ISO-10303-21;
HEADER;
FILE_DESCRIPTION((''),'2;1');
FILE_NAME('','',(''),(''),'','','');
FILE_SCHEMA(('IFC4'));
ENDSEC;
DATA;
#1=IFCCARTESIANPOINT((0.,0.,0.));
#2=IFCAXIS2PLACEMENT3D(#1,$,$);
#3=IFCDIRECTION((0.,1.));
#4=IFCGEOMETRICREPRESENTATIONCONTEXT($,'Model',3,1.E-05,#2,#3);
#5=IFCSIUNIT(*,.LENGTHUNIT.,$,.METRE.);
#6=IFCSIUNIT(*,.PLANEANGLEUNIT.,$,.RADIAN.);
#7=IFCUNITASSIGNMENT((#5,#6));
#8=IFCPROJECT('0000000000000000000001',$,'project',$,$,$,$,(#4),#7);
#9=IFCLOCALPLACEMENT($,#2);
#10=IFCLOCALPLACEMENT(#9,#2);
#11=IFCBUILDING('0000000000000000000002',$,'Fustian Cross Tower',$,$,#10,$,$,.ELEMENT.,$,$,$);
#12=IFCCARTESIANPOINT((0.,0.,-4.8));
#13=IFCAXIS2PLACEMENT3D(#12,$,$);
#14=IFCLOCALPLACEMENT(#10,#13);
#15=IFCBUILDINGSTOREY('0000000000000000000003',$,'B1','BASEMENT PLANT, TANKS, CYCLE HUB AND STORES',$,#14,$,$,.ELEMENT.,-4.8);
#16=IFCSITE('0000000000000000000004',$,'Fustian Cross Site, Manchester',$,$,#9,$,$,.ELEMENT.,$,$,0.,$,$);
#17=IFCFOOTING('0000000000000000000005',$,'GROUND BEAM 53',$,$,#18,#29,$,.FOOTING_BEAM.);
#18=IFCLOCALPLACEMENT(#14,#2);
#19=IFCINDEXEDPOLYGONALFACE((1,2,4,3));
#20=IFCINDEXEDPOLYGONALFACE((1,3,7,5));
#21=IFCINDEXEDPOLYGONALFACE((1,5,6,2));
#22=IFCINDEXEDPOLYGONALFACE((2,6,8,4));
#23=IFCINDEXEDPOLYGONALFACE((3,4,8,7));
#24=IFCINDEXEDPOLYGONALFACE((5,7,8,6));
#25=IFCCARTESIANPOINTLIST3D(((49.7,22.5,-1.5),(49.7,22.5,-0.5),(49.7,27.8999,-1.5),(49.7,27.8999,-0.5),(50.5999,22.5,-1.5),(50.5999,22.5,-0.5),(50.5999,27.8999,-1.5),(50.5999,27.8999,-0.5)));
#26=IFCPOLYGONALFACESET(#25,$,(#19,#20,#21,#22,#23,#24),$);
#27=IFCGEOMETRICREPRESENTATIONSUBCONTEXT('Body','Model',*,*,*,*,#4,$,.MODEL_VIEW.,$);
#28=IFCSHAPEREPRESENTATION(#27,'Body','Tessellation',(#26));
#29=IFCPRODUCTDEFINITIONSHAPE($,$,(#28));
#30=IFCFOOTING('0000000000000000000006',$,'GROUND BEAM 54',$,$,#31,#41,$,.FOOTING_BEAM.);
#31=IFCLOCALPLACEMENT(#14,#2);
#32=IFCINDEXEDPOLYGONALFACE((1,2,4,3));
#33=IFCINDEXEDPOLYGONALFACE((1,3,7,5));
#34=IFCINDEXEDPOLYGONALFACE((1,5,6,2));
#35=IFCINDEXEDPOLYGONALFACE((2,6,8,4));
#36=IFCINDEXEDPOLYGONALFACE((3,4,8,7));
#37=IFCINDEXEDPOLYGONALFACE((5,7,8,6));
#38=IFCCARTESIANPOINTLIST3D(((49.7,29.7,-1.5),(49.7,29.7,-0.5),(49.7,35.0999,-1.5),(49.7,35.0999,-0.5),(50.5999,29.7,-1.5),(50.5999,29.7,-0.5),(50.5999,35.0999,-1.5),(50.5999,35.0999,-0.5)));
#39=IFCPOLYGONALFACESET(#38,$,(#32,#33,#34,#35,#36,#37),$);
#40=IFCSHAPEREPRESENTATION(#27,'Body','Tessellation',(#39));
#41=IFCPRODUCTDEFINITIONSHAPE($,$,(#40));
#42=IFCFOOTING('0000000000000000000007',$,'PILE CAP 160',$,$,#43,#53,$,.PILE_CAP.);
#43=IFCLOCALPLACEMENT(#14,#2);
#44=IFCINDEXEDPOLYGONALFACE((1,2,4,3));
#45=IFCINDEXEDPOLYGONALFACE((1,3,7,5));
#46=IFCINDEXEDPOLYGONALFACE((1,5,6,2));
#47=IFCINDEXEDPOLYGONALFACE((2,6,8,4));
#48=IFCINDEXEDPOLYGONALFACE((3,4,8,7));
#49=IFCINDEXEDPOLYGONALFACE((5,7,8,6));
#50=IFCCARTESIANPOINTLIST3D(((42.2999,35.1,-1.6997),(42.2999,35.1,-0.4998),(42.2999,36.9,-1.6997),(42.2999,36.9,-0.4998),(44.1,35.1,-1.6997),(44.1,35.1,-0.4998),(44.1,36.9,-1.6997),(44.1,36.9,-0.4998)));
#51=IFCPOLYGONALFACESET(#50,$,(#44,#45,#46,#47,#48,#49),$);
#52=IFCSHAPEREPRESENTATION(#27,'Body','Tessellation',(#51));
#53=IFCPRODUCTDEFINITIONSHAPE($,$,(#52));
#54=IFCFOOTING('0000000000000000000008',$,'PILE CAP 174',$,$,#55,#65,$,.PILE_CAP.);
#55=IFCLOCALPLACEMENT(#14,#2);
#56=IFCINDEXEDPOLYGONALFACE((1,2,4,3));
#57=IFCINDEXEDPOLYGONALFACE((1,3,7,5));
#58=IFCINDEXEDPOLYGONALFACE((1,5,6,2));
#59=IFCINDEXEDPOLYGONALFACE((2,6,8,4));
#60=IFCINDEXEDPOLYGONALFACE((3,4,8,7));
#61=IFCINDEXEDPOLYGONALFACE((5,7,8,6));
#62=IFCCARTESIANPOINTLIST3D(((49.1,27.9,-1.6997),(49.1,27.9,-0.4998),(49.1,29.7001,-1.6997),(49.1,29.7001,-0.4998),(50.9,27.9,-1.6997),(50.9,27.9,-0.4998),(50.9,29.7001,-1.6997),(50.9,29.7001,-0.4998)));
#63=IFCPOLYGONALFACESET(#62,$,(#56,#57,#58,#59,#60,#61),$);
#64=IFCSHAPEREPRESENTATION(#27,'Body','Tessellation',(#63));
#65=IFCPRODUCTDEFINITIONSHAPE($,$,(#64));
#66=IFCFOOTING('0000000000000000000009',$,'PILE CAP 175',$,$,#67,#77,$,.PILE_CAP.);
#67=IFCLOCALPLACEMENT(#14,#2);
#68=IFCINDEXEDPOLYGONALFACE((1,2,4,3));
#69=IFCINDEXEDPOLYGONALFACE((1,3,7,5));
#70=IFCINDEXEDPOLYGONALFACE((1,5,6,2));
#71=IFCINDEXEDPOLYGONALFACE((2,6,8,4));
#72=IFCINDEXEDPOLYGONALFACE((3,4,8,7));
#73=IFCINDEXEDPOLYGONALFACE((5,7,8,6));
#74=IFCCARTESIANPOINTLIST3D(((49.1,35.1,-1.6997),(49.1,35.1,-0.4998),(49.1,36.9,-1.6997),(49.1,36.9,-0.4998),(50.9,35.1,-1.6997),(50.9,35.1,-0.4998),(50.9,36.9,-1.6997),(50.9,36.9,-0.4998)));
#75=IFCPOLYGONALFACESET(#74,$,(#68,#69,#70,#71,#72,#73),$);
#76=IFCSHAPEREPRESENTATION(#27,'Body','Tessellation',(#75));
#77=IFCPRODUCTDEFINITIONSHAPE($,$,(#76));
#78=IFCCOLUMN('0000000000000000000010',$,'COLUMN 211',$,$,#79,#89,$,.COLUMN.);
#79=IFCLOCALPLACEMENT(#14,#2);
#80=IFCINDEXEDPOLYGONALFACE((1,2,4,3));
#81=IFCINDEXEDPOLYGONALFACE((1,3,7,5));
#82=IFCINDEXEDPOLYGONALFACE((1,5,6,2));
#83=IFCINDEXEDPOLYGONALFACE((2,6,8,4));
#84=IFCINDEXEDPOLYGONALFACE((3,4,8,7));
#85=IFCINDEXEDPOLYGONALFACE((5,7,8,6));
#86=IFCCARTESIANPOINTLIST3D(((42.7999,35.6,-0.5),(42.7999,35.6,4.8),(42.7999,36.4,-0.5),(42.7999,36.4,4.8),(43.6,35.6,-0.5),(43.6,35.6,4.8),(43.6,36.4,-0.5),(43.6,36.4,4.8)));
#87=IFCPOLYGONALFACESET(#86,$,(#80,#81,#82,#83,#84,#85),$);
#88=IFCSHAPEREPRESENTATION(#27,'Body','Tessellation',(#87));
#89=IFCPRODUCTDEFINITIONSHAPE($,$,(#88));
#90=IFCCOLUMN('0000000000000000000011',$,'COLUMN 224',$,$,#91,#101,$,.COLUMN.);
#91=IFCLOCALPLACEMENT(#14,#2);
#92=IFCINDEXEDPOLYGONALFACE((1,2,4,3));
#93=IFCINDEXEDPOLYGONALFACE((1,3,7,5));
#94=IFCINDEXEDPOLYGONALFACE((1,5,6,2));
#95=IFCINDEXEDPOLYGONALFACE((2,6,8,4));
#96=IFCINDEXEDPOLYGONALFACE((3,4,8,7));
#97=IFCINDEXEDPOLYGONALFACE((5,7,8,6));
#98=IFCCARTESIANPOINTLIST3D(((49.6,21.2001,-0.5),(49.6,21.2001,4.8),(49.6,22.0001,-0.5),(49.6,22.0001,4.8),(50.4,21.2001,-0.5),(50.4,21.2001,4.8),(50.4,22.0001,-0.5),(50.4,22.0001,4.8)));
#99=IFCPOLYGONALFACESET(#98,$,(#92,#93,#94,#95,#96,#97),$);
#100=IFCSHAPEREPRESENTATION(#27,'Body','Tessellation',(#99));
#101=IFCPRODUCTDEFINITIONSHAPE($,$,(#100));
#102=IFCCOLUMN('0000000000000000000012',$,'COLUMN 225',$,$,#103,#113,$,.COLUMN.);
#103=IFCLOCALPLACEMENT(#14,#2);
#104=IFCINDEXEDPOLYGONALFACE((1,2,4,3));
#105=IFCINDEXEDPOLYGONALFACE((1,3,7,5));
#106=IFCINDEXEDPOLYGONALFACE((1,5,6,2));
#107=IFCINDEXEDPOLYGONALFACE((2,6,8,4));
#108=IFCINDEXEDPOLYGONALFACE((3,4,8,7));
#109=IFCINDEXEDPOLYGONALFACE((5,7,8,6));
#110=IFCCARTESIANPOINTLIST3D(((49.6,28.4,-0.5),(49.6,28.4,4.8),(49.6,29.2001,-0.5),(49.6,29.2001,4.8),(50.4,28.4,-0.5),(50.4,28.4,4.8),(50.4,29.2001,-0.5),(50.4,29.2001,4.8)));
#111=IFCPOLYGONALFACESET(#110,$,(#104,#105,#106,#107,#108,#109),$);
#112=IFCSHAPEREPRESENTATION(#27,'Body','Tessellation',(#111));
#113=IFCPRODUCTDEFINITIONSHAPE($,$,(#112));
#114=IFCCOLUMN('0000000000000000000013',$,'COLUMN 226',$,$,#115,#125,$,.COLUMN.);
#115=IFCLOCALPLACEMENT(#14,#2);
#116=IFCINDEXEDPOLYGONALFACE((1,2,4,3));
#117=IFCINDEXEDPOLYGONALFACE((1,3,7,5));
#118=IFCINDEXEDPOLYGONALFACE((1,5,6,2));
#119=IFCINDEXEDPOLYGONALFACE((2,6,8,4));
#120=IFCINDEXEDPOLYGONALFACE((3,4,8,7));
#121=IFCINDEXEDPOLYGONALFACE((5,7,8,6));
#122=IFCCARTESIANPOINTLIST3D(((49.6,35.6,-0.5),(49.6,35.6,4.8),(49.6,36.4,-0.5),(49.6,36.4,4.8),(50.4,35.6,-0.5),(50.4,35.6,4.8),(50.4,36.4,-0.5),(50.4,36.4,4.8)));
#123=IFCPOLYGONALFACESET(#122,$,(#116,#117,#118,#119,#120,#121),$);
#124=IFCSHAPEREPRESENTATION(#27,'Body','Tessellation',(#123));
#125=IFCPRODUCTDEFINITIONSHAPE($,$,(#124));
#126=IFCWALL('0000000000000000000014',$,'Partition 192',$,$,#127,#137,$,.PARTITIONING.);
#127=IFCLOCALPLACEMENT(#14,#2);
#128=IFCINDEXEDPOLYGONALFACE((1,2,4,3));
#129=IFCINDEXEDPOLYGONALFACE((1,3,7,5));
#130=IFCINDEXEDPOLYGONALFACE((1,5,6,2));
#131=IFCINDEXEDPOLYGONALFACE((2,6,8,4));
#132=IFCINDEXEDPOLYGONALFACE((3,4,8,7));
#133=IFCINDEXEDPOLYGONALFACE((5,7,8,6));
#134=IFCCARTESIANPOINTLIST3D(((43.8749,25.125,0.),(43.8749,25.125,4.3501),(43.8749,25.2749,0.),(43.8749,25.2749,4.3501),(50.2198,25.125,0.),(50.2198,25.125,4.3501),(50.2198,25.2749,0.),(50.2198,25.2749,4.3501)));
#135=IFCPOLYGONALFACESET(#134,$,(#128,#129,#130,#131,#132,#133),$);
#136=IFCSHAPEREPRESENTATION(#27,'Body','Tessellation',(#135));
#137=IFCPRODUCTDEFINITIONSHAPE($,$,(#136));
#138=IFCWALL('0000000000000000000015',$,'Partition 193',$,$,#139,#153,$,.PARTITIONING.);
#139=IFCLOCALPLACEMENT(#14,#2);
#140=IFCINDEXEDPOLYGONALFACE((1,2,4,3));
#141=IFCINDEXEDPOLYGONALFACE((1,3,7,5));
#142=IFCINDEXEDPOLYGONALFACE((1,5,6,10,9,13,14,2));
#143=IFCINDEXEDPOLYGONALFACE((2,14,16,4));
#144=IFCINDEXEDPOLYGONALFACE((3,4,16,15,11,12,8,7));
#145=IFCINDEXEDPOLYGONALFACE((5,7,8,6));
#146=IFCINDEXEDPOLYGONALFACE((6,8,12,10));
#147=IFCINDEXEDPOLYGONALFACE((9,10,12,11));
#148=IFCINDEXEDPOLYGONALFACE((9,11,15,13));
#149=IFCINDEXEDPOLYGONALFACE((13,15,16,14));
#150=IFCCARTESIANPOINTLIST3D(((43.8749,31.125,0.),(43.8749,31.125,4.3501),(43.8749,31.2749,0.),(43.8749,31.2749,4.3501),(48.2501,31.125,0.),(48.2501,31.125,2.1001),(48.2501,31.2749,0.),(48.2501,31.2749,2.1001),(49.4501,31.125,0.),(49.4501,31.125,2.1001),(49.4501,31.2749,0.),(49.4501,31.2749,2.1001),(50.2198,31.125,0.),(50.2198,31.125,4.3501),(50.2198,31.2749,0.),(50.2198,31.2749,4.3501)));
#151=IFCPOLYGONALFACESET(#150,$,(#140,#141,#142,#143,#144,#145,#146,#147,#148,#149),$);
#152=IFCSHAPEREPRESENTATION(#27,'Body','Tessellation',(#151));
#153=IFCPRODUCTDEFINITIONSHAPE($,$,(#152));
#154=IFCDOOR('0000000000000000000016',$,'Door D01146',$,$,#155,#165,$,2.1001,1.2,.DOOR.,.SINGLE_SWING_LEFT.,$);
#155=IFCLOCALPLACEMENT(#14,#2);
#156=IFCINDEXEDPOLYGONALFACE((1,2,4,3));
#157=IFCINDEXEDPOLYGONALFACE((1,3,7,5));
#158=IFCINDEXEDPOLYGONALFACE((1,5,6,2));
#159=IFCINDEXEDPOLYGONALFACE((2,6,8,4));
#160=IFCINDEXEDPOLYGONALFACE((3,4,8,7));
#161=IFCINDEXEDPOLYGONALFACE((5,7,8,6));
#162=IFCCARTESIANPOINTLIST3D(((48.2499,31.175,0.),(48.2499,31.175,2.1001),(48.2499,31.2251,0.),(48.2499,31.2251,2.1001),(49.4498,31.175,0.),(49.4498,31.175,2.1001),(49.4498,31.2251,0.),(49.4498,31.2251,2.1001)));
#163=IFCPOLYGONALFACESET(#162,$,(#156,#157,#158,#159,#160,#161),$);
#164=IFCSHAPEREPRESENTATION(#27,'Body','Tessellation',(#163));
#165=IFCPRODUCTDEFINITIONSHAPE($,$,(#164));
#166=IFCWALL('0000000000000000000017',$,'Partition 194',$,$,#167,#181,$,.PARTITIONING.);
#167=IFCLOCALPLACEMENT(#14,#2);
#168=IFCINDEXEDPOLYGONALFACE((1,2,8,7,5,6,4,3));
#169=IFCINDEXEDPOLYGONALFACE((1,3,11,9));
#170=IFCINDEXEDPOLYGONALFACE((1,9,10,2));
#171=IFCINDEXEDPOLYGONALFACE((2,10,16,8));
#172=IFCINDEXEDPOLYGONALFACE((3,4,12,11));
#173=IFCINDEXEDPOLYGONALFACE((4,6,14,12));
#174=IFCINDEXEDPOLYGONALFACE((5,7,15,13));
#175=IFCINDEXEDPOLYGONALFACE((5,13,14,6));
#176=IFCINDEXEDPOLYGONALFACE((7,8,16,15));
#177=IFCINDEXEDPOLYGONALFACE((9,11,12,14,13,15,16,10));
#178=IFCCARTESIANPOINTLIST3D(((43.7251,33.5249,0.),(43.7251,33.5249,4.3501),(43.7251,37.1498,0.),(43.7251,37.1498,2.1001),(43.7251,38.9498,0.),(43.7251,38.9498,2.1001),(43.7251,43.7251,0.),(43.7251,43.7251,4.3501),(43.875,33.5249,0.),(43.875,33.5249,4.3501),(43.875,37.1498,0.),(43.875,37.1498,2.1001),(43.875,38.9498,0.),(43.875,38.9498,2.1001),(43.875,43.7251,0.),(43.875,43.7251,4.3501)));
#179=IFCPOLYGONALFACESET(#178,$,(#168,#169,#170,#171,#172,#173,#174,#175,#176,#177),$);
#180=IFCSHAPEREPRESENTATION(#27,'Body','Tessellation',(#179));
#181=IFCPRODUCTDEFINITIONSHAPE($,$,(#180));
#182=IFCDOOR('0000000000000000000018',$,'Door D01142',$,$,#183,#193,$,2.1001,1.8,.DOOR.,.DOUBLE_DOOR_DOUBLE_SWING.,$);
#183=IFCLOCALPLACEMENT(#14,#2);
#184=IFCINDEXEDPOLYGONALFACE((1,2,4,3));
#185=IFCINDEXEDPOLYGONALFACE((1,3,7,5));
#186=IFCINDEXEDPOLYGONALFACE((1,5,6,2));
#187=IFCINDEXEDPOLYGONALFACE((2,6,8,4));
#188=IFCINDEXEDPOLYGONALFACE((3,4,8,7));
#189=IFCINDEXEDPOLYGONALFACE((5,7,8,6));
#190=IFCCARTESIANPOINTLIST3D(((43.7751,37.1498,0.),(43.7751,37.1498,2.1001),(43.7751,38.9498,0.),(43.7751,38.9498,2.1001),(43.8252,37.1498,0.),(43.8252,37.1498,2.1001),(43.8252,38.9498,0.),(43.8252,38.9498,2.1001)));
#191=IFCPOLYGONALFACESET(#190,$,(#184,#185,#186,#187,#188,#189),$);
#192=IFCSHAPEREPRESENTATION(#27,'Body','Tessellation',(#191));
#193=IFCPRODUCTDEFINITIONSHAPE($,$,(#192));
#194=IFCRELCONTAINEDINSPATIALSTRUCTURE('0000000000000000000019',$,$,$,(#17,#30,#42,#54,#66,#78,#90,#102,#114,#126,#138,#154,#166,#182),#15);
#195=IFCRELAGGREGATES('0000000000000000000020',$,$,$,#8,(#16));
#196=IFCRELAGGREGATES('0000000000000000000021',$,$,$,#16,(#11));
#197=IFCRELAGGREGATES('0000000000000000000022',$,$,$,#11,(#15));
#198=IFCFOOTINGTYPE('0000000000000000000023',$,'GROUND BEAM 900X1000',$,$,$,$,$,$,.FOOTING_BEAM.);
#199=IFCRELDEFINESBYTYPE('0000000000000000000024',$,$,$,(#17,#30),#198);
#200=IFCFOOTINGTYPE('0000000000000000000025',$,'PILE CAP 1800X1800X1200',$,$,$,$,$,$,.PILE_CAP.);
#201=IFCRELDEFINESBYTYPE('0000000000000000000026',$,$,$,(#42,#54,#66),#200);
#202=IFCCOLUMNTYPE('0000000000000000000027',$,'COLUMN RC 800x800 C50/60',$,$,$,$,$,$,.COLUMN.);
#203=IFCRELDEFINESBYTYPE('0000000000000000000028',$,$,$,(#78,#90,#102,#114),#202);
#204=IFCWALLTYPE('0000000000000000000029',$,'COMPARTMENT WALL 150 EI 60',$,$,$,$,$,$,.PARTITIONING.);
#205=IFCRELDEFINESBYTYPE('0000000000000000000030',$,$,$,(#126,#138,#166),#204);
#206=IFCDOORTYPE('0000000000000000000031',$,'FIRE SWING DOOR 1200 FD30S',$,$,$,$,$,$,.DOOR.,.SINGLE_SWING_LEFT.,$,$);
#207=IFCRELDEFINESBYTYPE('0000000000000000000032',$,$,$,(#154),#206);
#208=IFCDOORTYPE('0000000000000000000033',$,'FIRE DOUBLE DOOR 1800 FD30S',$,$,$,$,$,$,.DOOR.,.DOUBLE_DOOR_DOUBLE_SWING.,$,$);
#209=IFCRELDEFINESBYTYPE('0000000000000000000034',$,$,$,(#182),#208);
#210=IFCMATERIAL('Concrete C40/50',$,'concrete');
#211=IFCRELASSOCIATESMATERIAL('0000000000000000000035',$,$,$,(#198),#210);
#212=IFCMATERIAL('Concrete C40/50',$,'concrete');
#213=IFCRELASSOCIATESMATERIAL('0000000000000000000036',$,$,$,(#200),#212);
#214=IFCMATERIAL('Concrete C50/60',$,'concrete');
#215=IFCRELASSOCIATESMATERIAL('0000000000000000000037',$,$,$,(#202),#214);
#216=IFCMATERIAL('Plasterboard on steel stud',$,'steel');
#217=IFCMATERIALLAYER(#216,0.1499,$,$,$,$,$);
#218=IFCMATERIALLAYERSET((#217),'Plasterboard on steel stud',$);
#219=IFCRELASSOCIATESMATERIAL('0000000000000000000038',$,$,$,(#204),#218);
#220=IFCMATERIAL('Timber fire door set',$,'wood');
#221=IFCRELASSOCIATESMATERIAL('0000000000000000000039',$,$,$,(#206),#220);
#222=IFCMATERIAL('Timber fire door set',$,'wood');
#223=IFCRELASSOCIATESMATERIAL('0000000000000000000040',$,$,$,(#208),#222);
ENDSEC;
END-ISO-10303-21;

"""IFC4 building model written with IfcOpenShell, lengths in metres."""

from ifc_helpers import new_model, si_unit, direction, frame, frame_2d, origin, origin_2d, place, context, subcontext, project, spatial, rectangle, extrude, material, layer, layer_set, material_profile, profile_set, type_object, element, fill, save


model = new_model("IFC4")

# Units and contexts
model_context = context("Model", 3, precision=1e-05, world=origin(), true_north=direction((0.0, 1.0)))
body_context = subcontext(model_context, "Body", "Model", "MODEL_VIEW")
ifc_project = project(units=[si_unit("LENGTHUNIT", "METRE"), si_unit("PLANEANGLEUNIT", "RADIAN")], contexts=[model_context])

# Site, building, storey
site_placement = place(None, origin())
site = spatial("IfcSite", under=ifc_project, at=site_placement, Name="Fustian Cross Site, Manchester", CompositionType="ELEMENT", RefElevation=0.0)
building_placement = place(site_placement, origin())
building = spatial("IfcBuilding", under=site, at=building_placement, Name="Fustian Cross Tower", CompositionType="ELEMENT")
storey_placement = place(building_placement, frame((0.0, 0.0, -4.8)))
storey = spatial("IfcBuildingStorey", under=building, at=storey_placement, Name="B1", Description="BASEMENT PLANT, TANKS, CYCLE HUB AND STORES", CompositionType="ELEMENT", Elevation=-4.8)

# Footings
ifc_material_1 = material(Name="Concrete C40/50", Category="concrete")
footing_type_1 = type_object("IfcFootingType", Name="GROUND BEAM 900X1000", PredefinedType="FOOTING_BEAM", material=ifc_material_1)
for number, where, z_axis, x_axis, name in (
    (1, (50.1499, 25.2, -1.5), (0.0, 0.0, 1.0), (1.0, 0.0, 0.0), "GROUND BEAM 53"),
    (2, (50.1499, 32.3999, -1.5), (0.0, 0.0, 1.0), (1.0, 0.0, 0.0), "GROUND BEAM 54"),
):
    element("IfcFooting", number, at=place(storey_placement, frame(where, z_axis=z_axis, x_axis=x_axis)), inside=storey, type_object=footing_type_1, Name=name, PredefinedType="FOOTING_BEAM", context=body_context, shape_type="SweptSolid", body=[
        extrude(rectangle(XDim=0.8999, YDim=5.3999, at=origin_2d()), origin(), (0.0, 0.0, 1.0), 1.0),
    ])
ifc_material_2 = material(Name="Concrete C40/50", Category="concrete")
footing_type_2 = type_object("IfcFootingType", Name="PILE CAP 1800X1800X1200", PredefinedType="PILE_CAP", material=ifc_material_2)
for number, where, z_axis, x_axis, name in (
    (3, (43.2, 36.0, -1.6997), (0.0, 0.0, 1.0), (1.0, 0.0, 0.0), "PILE CAP 160"),
    (4, (50.0, 28.8, -1.6997), (0.0, 0.0, 1.0), (1.0, 0.0, 0.0), "PILE CAP 174"),
    (5, (50.0, 36.0, -1.6997), (0.0, 0.0, 1.0), (1.0, 0.0, 0.0), "PILE CAP 175"),
):
    element("IfcFooting", number, at=place(storey_placement, frame(where, z_axis=z_axis, x_axis=x_axis)), inside=storey, type_object=footing_type_2, Name=name, PredefinedType="PILE_CAP", context=body_context, shape_type="SweptSolid", body=[
        extrude(rectangle(XDim=1.8, YDim=1.8, at=origin_2d()), origin(), (0.0, 0.0, 1.0), 1.2),
    ])

# Columns
ifc_material_3 = material(Name="Concrete C50/60", Category="concrete")
ifc_material_profile_1 = material_profile(ifc_material_3, rectangle(XDim=0.8, YDim=0.8, at=origin_2d()), Name="RC 800x800")
ifc_profile_set_1 = profile_set([ifc_material_profile_1], Name="Concrete C50/60")
column_type = type_object("IfcColumnType", Name="COLUMN RC 800x800 C50/60", PredefinedType="COLUMN", material=ifc_profile_set_1)
for number, where, z_axis, x_axis, name in (
    (6, (43.2, 36.0, -0.5), (0.0, 0.0, 1.0), (1.0, 0.0, 0.0), "COLUMN 211"),
    (7, (50.0, 21.6001, -0.5), (0.0, 0.0, 1.0), (1.0, 0.0, 0.0), "COLUMN 224"),
    (8, (50.0, 28.8, -0.5), (0.0, 0.0, 1.0), (1.0, 0.0, 0.0), "COLUMN 225"),
    (9, (50.0, 36.0, -0.5), (0.0, 0.0, 1.0), (1.0, 0.0, 0.0), "COLUMN 226"),
):
    element("IfcColumn", number, at=place(storey_placement, frame(where, z_axis=z_axis, x_axis=x_axis)), inside=storey, type_object=column_type, Name=name, PredefinedType="COLUMN", context=body_context, shape_type="SweptSolid", body=[
        extrude(rectangle(XDim=0.8, YDim=0.8, at=origin_2d()), origin(), (0.0, 0.0, 1.0), 5.3),
    ])

# Wall
ifc_material_4 = material(Name="Plasterboard on steel stud", Category="steel")
ifc_layer_1 = layer(ifc_material_4, 0.1499)
ifc_layer_set_1 = layer_set([ifc_layer_1], Name="Plasterboard on steel stud")
wall_type_1 = type_object("IfcWallType", Name="COMPARTMENT WALL 150 EI 60", PredefinedType="PARTITIONING", material=ifc_layer_set_1)
wall_1_placement = place(storey_placement, frame((43.875, 25.2, 0.0), z_axis=(0.0, 0.0, 1.0), x_axis=(1.0, 0.0, 0.0)))
element("IfcWall", 10, at=wall_1_placement, inside=storey, type_object=wall_type_1, Name="Partition 192", PredefinedType="PARTITIONING", context=body_context, shape_type="SweptSolid", body=[
    extrude(rectangle(XDim=6.345, YDim=0.1499, at=frame_2d((3.1724, 0.0))), origin(), (0.0, 0.0, 1.0), 4.3501),
])

# Walls, openings, doors
wall_2_placement = place(storey_placement, frame((43.875, 31.2, 0.0), z_axis=(0.0, 0.0, 1.0), x_axis=(1.0, 0.0, 0.0)))
wall_2 = element("IfcWall", 11, at=wall_2_placement, inside=storey, type_object=wall_type_1, Name="Partition 193", PredefinedType="PARTITIONING", context=body_context, shape_type="SweptSolid", body=[
    extrude(rectangle(XDim=6.345, YDim=0.1499, at=frame_2d((3.1724, 0.0))), origin(), (0.0, 0.0, 1.0), 4.3501),
])
opening_1_placement = place(wall_2_placement, frame((4.375, 0.0, 0.0)))
opening_1 = element("IfcOpeningElement", 12, at=opening_1_placement, cuts=wall_2, PredefinedType="OPENING", context=body_context, shape_type="SweptSolid", body=[
    extrude(rectangle(XDim=1.2, YDim=2.1001, at=frame_2d((0.6001, 1.05))), frame((0.0, 0.085, 0.0), z_axis=(0.0, -1.0, 0.0), x_axis=(1.0, 0.0, 0.0)), (0.0, 0.0, 1.0), 0.1699),
])
ifc_material_5 = material(Name="Timber fire door set", Category="wood")
door_type_1 = type_object("IfcDoorType", Name="FIRE SWING DOOR 1200 FD30S", OperationType="SINGLE_SWING_LEFT", PredefinedType="DOOR", material=ifc_material_5)
door_1_placement = place(opening_1_placement, frame((1.2, 0.0, 0.0), z_axis=(0.0, 0.0, 1.0), x_axis=(-1.0, 0.0, 0.0)))
door_1 = element("IfcDoor", 13, at=door_1_placement, inside=storey, type_object=door_type_1, Name="Door D01146", OperationType="SINGLE_SWING_LEFT", OverallHeight=2.1001, OverallWidth=1.2, PredefinedType="DOOR", context=body_context, shape_type="SweptSolid", body=[
    extrude(rectangle(XDim=1.2, YDim=2.1001, at=frame_2d((0.6001, 1.05))), frame((0.0, 0.0249, 0.0), z_axis=(0.0, -1.0, 0.0), x_axis=(1.0, 0.0, 0.0)), (0.0, 0.0, 1.0), 0.05),
])
fill(opening_1, door_1)
wall_3_placement = place(storey_placement, frame((43.8, 33.5249, 0.0), z_axis=(0.0, 0.0, 1.0), x_axis=(0.0, 1.0, 0.0)))
wall_3 = element("IfcWall", 14, at=wall_3_placement, inside=storey, type_object=wall_type_1, Name="Partition 194", PredefinedType="PARTITIONING", context=body_context, shape_type="SweptSolid", body=[
    extrude(rectangle(XDim=10.2002, YDim=0.1499, at=frame_2d((5.1001, 0.0))), origin(), (0.0, 0.0, 1.0), 4.3501),
])
opening_2_placement = place(wall_3_placement, frame((3.625, 0.0, 0.0)))
opening_2 = element("IfcOpeningElement", 15, at=opening_2_placement, cuts=wall_3, PredefinedType="OPENING", context=body_context, shape_type="SweptSolid", body=[
    extrude(rectangle(XDim=1.8, YDim=2.1001, at=frame_2d((0.8999, 1.05))), frame((0.0, 0.085, 0.0), z_axis=(0.0, -1.0, 0.0), x_axis=(1.0, 0.0, 0.0)), (0.0, 0.0, 1.0), 0.1699),
])
ifc_material_6 = material(Name="Timber fire door set", Category="wood")
door_type_2 = type_object("IfcDoorType", Name="FIRE DOUBLE DOOR 1800 FD30S", OperationType="DOUBLE_DOOR_DOUBLE_SWING", PredefinedType="DOOR", material=ifc_material_6)
door_2_placement = place(opening_2_placement, origin())
door_2 = element("IfcDoor", 16, at=door_2_placement, inside=storey, type_object=door_type_2, Name="Door D01142", OperationType="DOUBLE_DOOR_DOUBLE_SWING", OverallHeight=2.1001, OverallWidth=1.8, PredefinedType="DOOR", context=body_context, shape_type="SweptSolid", body=[
    extrude(rectangle(XDim=1.8, YDim=2.1001, at=frame_2d((0.8999, 1.05))), frame((0.0, 0.0249, 0.0), z_axis=(0.0, -1.0, 0.0), x_axis=(1.0, 0.0, 0.0)), (0.0, 0.0, 1.0), 0.05),
])
fill(opening_2, door_2)

save(model, "model.ifc")
